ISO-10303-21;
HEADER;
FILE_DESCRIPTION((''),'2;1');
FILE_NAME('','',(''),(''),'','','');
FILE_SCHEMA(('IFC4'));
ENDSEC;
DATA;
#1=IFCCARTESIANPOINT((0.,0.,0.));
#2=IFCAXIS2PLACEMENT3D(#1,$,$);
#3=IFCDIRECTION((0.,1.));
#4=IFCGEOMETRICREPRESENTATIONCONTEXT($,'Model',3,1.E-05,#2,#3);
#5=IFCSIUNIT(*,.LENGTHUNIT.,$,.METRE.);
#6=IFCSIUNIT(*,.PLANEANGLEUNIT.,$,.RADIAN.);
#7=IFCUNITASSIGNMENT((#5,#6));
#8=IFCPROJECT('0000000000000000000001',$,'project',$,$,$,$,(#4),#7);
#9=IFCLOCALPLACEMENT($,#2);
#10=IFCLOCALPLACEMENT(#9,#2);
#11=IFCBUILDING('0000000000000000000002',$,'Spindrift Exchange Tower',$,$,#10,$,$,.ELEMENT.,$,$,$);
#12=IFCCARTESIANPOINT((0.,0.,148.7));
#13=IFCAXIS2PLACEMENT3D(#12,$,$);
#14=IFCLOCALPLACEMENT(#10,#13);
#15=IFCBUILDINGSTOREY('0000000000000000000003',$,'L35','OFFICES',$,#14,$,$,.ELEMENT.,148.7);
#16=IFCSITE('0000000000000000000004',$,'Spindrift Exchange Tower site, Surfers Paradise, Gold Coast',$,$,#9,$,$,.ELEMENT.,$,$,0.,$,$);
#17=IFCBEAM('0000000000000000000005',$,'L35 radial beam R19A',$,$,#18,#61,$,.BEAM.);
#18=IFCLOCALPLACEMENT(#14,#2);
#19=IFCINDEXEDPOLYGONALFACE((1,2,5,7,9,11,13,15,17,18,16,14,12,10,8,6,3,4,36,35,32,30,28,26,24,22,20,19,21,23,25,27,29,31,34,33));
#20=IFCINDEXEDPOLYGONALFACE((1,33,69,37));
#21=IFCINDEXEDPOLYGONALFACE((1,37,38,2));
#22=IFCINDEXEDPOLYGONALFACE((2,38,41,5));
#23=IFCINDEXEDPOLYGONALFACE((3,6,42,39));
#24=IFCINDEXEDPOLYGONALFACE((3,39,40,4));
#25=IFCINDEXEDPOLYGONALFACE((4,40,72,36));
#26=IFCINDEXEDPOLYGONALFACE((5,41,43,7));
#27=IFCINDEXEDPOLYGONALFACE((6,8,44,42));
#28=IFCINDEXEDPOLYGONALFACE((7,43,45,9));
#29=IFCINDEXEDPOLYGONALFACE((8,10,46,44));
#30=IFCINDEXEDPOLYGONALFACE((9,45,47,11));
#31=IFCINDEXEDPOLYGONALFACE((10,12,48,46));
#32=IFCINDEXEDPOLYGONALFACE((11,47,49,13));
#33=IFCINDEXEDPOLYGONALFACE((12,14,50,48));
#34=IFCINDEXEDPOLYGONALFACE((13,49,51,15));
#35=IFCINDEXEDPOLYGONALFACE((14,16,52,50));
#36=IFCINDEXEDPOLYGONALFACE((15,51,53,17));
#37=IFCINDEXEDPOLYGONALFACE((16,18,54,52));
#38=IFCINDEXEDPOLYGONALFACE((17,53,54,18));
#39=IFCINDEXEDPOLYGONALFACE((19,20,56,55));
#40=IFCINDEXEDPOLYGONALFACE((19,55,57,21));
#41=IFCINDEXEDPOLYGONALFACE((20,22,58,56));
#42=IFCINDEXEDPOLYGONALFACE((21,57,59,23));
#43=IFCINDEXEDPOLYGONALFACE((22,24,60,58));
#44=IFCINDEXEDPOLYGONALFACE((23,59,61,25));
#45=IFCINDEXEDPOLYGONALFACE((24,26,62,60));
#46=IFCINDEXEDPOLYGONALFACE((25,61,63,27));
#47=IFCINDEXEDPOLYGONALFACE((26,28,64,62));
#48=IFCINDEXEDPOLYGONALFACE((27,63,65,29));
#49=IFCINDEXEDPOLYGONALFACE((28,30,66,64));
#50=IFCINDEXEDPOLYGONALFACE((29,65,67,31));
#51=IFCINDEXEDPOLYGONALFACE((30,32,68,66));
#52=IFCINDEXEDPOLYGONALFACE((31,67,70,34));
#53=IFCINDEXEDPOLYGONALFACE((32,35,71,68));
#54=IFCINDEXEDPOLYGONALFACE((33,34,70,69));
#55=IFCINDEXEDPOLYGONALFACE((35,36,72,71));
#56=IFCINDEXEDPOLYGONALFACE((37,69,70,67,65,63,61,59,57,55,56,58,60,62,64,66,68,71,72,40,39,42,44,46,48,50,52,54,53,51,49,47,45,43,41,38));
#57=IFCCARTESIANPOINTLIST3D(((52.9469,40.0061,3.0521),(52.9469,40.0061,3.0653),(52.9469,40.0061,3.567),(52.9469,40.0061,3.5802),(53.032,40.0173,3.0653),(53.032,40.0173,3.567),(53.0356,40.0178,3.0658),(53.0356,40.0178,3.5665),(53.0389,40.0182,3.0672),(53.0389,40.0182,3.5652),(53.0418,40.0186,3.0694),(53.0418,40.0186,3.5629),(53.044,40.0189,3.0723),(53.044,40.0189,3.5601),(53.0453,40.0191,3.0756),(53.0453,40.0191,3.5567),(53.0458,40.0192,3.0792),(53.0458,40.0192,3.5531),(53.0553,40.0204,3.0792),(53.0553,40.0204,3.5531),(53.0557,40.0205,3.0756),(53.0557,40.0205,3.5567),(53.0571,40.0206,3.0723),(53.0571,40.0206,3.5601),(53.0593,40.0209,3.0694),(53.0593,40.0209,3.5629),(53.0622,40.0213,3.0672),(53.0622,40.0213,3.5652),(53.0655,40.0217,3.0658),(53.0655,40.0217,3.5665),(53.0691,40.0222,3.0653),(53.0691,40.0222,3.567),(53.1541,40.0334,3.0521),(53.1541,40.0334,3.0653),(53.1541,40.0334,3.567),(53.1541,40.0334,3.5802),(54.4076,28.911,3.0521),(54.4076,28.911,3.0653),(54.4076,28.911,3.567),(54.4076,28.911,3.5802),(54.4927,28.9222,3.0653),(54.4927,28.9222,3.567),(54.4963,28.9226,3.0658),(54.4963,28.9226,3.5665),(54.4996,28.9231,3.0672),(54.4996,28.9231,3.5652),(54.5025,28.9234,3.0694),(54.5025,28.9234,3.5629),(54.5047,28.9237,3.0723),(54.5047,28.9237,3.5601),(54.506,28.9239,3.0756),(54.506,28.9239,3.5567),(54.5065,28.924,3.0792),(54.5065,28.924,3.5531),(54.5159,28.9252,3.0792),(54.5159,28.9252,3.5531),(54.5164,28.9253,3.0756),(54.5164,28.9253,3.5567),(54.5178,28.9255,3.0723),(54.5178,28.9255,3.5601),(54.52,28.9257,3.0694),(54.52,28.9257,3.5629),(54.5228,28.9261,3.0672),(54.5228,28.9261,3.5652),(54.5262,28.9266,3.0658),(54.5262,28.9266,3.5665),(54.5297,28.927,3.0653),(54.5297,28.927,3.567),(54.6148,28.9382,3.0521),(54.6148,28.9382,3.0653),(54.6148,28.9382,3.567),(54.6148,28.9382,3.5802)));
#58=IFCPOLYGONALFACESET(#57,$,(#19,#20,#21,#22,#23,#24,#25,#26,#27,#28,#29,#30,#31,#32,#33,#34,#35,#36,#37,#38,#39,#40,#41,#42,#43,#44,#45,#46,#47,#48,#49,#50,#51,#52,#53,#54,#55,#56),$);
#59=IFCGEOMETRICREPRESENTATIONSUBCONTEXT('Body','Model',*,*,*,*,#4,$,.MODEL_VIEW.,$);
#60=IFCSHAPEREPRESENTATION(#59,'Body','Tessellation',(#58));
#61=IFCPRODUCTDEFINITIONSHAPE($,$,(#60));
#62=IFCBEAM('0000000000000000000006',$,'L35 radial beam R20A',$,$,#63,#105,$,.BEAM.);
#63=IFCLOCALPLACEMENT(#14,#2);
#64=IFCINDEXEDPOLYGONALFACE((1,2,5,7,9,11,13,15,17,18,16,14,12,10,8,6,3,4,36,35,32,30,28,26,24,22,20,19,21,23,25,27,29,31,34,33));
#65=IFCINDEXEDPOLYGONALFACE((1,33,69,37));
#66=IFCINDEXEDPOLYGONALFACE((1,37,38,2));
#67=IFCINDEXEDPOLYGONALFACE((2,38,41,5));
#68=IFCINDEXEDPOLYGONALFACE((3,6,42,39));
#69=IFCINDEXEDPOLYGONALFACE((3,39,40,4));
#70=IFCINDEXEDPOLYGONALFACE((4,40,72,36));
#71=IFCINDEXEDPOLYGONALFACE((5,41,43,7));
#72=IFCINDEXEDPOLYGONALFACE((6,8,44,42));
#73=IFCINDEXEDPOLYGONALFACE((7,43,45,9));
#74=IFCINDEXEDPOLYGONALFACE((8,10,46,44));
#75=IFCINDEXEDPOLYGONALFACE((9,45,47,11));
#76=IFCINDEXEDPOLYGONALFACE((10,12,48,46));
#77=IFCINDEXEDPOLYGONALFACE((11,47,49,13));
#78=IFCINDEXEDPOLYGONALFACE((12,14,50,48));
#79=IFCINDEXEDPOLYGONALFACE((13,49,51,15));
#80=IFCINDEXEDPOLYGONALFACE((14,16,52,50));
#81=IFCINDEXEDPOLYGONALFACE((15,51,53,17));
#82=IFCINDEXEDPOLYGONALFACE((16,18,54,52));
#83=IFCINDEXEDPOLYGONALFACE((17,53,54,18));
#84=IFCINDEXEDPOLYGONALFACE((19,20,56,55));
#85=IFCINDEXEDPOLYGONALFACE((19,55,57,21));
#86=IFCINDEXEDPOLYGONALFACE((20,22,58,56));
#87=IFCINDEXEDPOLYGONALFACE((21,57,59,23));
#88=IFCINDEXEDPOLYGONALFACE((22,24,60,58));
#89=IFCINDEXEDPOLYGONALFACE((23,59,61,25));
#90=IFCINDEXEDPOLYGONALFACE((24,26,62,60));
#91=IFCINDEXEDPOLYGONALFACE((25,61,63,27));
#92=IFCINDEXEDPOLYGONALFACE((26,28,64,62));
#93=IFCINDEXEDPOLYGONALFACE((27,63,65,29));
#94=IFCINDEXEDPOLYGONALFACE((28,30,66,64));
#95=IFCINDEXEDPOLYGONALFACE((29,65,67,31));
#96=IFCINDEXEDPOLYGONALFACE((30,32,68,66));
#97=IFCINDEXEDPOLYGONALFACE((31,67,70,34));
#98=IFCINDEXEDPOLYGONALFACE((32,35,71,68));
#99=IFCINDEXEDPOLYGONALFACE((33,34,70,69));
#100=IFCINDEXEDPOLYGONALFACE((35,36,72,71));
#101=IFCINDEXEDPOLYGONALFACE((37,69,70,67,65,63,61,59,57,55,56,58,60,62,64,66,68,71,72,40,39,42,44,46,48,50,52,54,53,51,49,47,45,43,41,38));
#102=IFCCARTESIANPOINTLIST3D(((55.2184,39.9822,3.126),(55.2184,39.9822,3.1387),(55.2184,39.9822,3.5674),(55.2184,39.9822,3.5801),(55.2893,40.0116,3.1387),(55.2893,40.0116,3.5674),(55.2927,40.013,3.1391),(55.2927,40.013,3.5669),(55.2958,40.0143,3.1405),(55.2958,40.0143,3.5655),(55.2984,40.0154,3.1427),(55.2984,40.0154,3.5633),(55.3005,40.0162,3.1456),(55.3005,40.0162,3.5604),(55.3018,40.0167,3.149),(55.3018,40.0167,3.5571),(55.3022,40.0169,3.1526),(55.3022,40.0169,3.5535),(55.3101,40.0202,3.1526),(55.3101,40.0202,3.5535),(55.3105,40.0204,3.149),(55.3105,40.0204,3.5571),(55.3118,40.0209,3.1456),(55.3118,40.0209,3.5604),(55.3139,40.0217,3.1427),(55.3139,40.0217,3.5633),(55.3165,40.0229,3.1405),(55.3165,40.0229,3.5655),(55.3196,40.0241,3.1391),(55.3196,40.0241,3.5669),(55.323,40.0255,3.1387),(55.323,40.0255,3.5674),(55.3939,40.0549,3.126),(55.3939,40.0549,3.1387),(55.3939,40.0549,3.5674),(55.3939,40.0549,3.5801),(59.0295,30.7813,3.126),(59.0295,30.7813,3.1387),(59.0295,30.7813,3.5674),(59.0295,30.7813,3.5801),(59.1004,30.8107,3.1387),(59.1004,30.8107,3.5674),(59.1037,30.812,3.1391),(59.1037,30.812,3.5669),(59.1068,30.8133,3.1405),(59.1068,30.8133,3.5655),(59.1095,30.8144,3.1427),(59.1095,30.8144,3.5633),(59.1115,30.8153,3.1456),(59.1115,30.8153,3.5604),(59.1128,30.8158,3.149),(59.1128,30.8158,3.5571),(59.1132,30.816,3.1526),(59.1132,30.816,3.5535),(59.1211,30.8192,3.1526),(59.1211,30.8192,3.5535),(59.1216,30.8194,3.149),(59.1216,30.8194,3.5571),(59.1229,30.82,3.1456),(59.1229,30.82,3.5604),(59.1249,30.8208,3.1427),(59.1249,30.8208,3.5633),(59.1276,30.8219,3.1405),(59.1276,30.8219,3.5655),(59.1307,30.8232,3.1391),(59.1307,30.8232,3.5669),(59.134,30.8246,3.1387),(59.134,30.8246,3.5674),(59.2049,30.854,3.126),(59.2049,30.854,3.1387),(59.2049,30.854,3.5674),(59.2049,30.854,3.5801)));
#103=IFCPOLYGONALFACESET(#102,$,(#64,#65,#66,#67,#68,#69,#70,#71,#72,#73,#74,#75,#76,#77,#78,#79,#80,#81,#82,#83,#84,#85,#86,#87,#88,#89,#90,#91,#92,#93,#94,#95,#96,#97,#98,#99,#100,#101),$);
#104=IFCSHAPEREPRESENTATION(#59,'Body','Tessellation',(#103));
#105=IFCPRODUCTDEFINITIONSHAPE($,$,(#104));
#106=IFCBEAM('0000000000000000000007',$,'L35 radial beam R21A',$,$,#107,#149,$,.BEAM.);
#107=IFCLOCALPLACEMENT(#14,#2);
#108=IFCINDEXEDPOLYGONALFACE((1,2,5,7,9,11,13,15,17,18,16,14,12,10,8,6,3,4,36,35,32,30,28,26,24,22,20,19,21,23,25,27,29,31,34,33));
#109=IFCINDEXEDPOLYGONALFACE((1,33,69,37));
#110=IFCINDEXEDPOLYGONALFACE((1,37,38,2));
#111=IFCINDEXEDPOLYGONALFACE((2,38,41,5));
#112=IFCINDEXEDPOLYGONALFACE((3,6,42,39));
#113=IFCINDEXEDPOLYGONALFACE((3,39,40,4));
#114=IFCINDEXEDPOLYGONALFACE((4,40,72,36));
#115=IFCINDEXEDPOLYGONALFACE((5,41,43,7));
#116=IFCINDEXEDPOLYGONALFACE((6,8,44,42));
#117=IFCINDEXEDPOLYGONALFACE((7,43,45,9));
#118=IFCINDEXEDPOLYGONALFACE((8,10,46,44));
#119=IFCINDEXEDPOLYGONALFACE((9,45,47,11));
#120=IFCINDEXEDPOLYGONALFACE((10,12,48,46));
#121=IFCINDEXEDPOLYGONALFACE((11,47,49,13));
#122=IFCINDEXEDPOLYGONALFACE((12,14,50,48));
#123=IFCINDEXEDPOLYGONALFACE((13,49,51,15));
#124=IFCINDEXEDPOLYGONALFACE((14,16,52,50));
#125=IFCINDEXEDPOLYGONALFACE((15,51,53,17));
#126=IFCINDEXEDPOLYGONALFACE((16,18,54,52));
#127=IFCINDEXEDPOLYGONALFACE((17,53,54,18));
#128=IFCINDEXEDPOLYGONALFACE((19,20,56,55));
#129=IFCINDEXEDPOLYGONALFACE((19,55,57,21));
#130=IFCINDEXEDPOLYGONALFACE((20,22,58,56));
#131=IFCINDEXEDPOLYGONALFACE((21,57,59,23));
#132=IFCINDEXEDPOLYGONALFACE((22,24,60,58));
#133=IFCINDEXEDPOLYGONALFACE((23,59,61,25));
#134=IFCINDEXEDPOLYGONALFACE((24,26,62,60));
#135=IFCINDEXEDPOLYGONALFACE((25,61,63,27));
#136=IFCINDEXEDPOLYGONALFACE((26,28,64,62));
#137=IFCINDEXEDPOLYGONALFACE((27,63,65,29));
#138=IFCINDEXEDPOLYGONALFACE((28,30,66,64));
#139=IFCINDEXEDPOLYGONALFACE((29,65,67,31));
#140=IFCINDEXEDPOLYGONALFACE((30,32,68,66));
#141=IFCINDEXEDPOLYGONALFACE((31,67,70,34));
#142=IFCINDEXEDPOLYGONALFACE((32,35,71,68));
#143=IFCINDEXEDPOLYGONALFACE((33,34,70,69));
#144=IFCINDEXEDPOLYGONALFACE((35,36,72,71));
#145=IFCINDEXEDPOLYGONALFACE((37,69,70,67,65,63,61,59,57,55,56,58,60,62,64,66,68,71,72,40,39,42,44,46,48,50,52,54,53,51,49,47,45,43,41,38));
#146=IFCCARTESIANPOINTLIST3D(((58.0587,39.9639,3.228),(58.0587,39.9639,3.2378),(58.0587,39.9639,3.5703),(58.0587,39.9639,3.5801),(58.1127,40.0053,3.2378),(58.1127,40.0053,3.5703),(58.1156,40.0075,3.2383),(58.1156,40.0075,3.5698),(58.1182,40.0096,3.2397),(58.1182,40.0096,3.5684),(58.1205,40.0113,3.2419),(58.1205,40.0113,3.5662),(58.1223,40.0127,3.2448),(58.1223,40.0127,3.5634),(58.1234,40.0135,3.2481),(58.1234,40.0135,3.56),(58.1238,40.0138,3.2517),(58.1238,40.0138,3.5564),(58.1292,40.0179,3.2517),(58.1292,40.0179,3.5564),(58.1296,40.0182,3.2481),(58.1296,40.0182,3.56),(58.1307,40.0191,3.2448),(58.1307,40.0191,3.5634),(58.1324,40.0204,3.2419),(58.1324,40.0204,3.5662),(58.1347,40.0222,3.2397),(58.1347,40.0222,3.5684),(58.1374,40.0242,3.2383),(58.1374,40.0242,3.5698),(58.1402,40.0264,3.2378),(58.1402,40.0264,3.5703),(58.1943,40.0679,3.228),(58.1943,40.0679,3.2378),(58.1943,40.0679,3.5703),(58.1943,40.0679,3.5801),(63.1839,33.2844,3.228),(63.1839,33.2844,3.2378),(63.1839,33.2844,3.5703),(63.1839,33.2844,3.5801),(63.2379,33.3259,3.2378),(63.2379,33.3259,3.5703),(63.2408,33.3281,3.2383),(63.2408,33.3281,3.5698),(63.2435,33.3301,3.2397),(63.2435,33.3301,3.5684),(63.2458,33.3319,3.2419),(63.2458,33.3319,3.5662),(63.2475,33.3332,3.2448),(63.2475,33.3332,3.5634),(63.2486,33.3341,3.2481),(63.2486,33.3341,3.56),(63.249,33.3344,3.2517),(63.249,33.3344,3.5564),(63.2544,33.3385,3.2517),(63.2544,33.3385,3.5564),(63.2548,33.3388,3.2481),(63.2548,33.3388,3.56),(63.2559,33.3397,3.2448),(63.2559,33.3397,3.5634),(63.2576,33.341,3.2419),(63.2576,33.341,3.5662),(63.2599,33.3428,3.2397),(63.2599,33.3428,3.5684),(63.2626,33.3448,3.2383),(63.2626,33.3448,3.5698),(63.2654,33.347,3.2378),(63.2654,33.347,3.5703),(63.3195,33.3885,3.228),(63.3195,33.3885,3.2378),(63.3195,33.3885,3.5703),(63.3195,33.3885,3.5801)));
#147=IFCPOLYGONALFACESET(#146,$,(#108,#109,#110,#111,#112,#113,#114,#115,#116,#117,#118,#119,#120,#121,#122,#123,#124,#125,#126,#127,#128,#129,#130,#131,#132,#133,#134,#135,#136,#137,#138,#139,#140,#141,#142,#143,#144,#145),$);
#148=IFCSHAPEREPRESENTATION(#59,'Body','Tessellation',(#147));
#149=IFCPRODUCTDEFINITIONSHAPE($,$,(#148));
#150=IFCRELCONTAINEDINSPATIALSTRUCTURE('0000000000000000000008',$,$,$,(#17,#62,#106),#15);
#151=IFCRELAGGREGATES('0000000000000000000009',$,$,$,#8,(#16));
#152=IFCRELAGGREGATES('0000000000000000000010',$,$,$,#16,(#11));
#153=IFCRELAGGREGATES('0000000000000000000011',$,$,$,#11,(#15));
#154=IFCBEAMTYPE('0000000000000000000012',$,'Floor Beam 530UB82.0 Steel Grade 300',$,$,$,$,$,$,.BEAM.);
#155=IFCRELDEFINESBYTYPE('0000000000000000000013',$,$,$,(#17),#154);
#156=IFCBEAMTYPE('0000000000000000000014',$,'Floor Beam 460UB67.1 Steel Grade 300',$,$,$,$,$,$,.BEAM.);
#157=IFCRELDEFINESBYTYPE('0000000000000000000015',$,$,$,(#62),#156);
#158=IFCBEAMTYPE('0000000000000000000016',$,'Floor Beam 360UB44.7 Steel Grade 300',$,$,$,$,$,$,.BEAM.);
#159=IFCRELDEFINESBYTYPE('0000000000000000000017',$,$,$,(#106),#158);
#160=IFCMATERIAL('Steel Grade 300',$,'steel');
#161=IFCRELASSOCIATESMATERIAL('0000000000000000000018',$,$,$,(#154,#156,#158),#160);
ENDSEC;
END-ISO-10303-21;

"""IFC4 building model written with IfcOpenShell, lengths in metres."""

from ifc_helpers import new_model, si_unit, direction, frame, origin, origin_2d, place, context, subcontext, project, spatial, i_section, extrude, source, transform, mapped, material, material_profile, profile_set, type_object, element, save


model = new_model("IFC4")

# Units and contexts
model_context = context("Model", 3, precision=1e-05, world=origin(), true_north=direction((0.0, 1.0)))
body_context = subcontext(model_context, "Body", "Model", "MODEL_VIEW")
ifc_project = project(units=[si_unit("LENGTHUNIT", "METRE"), si_unit("PLANEANGLEUNIT", "RADIAN")], contexts=[model_context])

# Site, building, storey
site_placement = place(None, origin())
site = spatial("IfcSite", under=ifc_project, at=site_placement, Name="Spindrift Exchange Tower site, Surfers Paradise, Gold Coast", CompositionType="ELEMENT", RefElevation=0.0)
building_placement = place(site_placement, origin())
building = spatial("IfcBuilding", under=site, at=building_placement, Name="Spindrift Exchange Tower", CompositionType="ELEMENT")
storey_placement = place(building_placement, frame((0.0, 0.0, 148.7)))
storey = spatial("IfcBuildingStorey", under=building, at=storey_placement, Name="L35", Description="OFFICES", CompositionType="ELEMENT", Elevation=148.7)

# Beams
ifc_material_1 = material(Name="Steel Grade 300", Category="steel")
ifc_material_profile_1 = material_profile(ifc_material_1, i_section(OverallWidth=0.209, OverallDepth=0.5281, WebThickness=0.0095, FlangeThickness=0.0132, FilletRadius=0.0139, at=origin_2d()), Name="530UB82.0")
ifc_profile_set_1 = profile_set([ifc_material_profile_1], Name="Steel Grade 300")
beam_type_1 = type_object("IfcBeamType", Name="Floor Beam 530UB82.0 Steel Grade 300", PredefinedType="BEAM", material=ifc_profile_set_1)
shared_shape_1 = source(origin(), body_context, "Body", "SweptSolid", [
    extrude(i_section(OverallWidth=0.209, OverallDepth=0.5281, WebThickness=0.0095, FlangeThickness=0.0132, FilletRadius=0.0139, at=origin_2d()), origin(), (0.0, 0.0, 1.0), 11.1909),
])
beam_1_placement = place(storey_placement, frame((53.0505, 40.0198, 3.3162), z_axis=(0.130524, -0.991445, 0.0), x_axis=(0.991445, 0.130524, 0.0)))
element("IfcBeam", 1, at=beam_1_placement, inside=storey, type_object=beam_type_1, Name="L35 radial beam R19A", PredefinedType="BEAM", context=body_context, shape_type="MappedRepresentation", body=[
    mapped(shared_shape_1, transform((0.0, 0.0, 0.0), scale=1.0)),
])
ifc_material_profile_2 = material_profile(ifc_material_1, i_section(OverallWidth=0.1899, OverallDepth=0.4541, WebThickness=0.0085, FlangeThickness=0.0127, FilletRadius=0.0139, at=origin_2d()), Name="460UB67.1")
ifc_profile_set_2 = profile_set([ifc_material_profile_2], Name="Steel Grade 300")
beam_type_2 = type_object("IfcBeamType", Name="Floor Beam 460UB67.1 Steel Grade 300", PredefinedType="BEAM", material=ifc_profile_set_2)
shared_shape_2 = source(origin(), body_context, "Body", "SweptSolid", [
    extrude(i_section(OverallWidth=0.1899, OverallDepth=0.4541, WebThickness=0.0085, FlangeThickness=0.0127, FilletRadius=0.0139, at=origin_2d()), origin(), (0.0, 0.0, 1.0), 9.959),
])
beam_2_placement = place(storey_placement, frame((55.3062, 40.0186, 3.353), z_axis=(0.382674, -0.923884, 0.0), x_axis=(0.923884, 0.382674, 0.0)))
element("IfcBeam", 2, at=beam_2_placement, inside=storey, type_object=beam_type_2, Name="L35 radial beam R20A", PredefinedType="BEAM", context=body_context, shape_type="MappedRepresentation", body=[
    mapped(shared_shape_2, transform((0.0, 0.0, 0.0), scale=1.0)),
])
ifc_material_profile_3 = material_profile(ifc_material_1, i_section(OverallWidth=0.1709, OverallDepth=0.3521, WebThickness=0.0068, FlangeThickness=0.0098, FilletRadius=0.0139, at=origin_2d()), Name="360UB44.7")
ifc_profile_set_3 = profile_set([ifc_material_profile_3], Name="Steel Grade 300")
beam_type_3 = type_object("IfcBeamType", Name="Floor Beam 360UB44.7 Steel Grade 300", PredefinedType="BEAM", material=ifc_profile_set_3)
shared_shape_3 = source(origin(), body_context, "Body", "SweptSolid", [
    extrude(i_section(OverallWidth=0.1709, OverallDepth=0.3521, WebThickness=0.0068, FlangeThickness=0.0098, FilletRadius=0.0139, at=origin_2d()), origin(), (0.0, 0.0, 1.0), 8.4192),
])
beam_3_placement = place(storey_placement, frame((58.1265, 40.0159, 3.4041), z_axis=(0.608756, -0.793358, 0.0), x_axis=(0.793358, 0.608756, 0.0)))
element("IfcBeam", 3, at=beam_3_placement, inside=storey, type_object=beam_type_3, Name="L35 radial beam R21A", PredefinedType="BEAM", context=body_context, shape_type="MappedRepresentation", body=[
    mapped(shared_shape_3, transform((0.0, 0.0, 0.0), scale=1.0)),
])

save(model, "model.ifc")
